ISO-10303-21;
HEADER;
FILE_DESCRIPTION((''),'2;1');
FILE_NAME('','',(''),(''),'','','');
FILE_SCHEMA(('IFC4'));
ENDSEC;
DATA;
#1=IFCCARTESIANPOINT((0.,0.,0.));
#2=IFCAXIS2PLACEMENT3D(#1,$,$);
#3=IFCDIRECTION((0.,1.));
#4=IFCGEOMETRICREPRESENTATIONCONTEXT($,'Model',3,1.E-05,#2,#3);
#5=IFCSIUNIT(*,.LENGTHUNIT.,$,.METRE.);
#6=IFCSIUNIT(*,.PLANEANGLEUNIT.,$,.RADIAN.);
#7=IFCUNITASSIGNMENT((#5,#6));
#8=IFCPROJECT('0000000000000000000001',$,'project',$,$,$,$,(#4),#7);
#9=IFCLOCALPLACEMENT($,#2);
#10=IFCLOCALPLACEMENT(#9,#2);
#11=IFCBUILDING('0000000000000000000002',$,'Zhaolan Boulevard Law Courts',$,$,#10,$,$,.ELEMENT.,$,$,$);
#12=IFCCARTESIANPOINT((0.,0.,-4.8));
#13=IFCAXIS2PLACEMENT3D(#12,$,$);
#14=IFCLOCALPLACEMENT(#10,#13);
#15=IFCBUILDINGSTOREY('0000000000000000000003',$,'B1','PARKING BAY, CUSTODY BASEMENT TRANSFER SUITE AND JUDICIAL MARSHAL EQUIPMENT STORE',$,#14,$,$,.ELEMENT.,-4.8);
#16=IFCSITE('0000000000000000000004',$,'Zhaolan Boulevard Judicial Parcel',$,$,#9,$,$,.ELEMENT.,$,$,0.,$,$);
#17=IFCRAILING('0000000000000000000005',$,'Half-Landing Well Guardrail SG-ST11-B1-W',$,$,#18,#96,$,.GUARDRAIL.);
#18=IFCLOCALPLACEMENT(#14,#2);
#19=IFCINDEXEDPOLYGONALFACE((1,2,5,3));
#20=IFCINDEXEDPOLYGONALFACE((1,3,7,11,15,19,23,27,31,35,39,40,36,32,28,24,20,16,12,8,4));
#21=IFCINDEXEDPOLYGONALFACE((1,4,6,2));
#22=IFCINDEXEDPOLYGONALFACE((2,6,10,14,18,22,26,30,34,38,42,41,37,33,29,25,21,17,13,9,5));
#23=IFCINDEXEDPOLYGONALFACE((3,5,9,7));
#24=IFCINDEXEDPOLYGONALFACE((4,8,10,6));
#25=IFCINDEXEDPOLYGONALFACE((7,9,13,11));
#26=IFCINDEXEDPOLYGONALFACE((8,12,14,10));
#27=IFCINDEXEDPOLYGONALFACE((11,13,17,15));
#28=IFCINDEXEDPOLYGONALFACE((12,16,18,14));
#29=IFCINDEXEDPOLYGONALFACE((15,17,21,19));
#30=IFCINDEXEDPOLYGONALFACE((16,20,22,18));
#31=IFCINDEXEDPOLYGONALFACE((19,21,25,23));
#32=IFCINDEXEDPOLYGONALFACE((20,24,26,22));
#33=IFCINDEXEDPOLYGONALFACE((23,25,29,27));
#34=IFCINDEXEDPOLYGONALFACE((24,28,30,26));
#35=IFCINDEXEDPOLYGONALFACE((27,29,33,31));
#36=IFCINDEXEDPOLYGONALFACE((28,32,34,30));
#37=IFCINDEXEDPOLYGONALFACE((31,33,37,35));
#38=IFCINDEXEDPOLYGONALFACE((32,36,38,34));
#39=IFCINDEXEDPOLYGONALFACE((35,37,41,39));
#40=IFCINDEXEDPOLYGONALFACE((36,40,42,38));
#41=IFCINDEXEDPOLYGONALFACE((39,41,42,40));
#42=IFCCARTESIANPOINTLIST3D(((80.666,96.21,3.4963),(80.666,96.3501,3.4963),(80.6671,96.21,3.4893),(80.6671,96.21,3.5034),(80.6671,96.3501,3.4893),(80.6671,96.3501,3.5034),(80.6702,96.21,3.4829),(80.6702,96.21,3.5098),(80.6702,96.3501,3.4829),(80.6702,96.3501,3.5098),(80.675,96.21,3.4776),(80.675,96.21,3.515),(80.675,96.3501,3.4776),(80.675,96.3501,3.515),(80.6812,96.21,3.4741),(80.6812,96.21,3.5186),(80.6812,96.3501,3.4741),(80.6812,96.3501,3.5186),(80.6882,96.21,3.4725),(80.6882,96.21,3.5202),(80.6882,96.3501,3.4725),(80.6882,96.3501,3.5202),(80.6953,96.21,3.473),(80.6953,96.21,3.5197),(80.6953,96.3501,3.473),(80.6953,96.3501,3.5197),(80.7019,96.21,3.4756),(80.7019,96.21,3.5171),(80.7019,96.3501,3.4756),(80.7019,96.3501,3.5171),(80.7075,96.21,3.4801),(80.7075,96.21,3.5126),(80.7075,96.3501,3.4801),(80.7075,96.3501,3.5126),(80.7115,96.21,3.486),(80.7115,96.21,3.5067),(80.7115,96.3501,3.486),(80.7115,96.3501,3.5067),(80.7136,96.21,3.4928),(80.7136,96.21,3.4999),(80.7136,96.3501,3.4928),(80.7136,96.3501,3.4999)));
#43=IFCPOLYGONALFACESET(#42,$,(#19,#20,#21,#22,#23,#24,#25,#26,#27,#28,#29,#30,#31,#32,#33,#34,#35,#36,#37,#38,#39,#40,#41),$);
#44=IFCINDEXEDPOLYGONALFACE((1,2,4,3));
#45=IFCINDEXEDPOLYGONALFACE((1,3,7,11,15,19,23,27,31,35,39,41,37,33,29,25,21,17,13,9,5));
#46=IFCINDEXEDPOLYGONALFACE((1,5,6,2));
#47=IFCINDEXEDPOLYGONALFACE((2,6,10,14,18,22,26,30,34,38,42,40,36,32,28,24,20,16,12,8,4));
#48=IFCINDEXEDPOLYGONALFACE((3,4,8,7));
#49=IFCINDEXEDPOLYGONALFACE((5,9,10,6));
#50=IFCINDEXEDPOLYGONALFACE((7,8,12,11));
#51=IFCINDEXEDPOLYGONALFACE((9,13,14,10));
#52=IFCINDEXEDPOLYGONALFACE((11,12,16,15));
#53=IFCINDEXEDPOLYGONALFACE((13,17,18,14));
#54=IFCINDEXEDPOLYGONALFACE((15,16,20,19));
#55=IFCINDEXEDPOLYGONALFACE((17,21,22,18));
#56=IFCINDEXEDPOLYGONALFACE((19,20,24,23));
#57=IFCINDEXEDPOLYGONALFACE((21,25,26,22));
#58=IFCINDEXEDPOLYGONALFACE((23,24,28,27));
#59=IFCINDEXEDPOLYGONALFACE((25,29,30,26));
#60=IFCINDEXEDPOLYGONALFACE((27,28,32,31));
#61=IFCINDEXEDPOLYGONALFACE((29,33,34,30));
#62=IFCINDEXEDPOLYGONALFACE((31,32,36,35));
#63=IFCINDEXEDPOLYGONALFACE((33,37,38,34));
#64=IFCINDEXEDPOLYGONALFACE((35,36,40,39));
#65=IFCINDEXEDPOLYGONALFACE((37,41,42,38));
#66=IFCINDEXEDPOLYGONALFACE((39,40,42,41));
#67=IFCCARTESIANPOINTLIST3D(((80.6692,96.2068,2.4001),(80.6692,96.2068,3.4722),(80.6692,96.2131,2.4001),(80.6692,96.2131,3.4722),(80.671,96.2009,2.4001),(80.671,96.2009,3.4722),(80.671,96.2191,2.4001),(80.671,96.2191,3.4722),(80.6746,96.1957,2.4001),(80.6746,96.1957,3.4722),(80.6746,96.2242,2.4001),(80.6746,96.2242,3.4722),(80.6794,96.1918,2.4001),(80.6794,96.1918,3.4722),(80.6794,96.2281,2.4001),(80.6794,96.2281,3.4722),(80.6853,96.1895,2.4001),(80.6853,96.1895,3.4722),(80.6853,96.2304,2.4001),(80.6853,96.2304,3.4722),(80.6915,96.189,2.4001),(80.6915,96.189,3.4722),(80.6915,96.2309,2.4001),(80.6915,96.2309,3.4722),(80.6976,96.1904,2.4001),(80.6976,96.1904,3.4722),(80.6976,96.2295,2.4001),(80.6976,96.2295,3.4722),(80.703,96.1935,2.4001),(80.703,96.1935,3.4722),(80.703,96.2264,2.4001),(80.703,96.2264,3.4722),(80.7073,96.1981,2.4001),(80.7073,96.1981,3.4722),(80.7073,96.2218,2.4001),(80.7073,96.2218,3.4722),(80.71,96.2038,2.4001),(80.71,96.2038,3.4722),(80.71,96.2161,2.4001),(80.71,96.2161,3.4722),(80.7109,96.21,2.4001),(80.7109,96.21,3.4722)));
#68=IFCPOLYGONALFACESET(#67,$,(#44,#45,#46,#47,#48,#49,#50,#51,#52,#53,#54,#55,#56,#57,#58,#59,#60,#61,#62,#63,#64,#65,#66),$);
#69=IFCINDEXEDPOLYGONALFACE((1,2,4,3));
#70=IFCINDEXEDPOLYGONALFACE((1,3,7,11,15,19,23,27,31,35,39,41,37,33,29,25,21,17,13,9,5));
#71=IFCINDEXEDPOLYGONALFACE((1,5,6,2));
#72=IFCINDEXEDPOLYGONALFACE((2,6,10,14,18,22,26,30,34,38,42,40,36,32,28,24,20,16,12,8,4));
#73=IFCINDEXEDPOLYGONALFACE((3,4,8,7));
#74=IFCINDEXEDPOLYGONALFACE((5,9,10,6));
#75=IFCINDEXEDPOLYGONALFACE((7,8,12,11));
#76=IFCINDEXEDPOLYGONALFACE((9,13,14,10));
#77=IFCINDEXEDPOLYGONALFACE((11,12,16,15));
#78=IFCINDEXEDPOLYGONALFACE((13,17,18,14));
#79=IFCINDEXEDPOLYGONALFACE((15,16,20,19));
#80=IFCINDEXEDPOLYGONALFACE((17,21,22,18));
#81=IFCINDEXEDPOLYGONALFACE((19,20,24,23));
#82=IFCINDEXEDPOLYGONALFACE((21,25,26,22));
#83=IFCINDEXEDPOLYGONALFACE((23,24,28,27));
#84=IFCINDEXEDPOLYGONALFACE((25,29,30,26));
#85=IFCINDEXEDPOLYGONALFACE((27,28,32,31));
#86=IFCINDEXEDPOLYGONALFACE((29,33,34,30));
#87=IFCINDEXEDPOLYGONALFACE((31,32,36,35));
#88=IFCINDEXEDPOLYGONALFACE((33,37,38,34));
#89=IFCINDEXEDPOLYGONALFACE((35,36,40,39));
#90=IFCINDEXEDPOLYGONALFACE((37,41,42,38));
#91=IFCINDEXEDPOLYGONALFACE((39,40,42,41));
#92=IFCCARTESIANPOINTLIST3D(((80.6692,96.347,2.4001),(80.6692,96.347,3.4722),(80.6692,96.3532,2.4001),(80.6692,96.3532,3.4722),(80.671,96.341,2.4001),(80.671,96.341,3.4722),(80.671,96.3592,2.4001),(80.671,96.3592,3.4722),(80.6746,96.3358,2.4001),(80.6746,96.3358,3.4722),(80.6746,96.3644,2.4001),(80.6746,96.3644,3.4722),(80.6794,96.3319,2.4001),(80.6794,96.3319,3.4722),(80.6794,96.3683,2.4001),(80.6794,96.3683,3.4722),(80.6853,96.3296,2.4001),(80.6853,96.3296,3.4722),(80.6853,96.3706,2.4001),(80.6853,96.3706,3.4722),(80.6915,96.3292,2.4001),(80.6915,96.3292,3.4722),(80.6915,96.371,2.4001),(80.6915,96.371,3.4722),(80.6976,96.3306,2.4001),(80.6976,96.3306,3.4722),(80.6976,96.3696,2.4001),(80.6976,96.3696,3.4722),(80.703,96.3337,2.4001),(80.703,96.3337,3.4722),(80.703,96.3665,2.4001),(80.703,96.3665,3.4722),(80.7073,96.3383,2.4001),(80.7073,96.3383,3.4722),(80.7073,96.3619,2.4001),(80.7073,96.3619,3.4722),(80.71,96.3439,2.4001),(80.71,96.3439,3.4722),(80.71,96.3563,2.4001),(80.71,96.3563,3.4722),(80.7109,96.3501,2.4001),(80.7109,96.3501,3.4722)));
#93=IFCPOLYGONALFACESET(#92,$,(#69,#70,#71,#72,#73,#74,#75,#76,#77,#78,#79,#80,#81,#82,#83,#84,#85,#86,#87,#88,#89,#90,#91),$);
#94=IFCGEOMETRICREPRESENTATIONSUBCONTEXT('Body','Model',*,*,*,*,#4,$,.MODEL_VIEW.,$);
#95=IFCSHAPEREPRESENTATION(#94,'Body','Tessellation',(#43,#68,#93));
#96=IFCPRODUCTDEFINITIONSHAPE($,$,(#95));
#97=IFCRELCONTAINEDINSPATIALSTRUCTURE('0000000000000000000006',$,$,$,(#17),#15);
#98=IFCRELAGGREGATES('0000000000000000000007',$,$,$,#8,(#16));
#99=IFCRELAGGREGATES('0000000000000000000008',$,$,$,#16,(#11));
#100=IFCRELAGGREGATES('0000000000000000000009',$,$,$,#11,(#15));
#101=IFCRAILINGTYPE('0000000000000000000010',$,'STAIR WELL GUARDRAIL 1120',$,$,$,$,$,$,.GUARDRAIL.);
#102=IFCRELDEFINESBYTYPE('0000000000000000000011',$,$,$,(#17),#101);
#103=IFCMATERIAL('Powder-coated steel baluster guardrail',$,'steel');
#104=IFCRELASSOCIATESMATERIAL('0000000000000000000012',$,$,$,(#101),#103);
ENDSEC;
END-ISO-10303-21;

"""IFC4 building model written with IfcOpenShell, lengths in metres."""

from ifc_helpers import new_model, si_unit, direction, frame, origin, origin_2d, place, context, subcontext, project, spatial, circle, extrude, material, type_object, element, save


model = new_model("IFC4")

# Units and contexts
model_context = context("Model", 3, precision=1e-05, world=origin(), true_north=direction((0.0, 1.0)))
body_context = subcontext(model_context, "Body", "Model", "MODEL_VIEW")
ifc_project = project(units=[si_unit("LENGTHUNIT", "METRE"), si_unit("PLANEANGLEUNIT", "RADIAN")], contexts=[model_context])

# Site, building, storey
site_placement = place(None, origin())
site = spatial("IfcSite", under=ifc_project, at=site_placement, Name="Zhaolan Boulevard Judicial Parcel", CompositionType="ELEMENT", RefElevation=0.0)
building_placement = place(site_placement, origin())
building = spatial("IfcBuilding", under=site, at=building_placement, Name="Zhaolan Boulevard Law Courts", CompositionType="ELEMENT")
storey_placement = place(building_placement, frame((0.0, 0.0, -4.8)))
storey = spatial("IfcBuildingStorey", under=building, at=storey_placement, Name="B1", Description="PARKING BAY, CUSTODY BASEMENT TRANSFER SUITE AND JUDICIAL MARSHAL EQUIPMENT STORE", CompositionType="ELEMENT", Elevation=-4.8)

# Railing
ifc_material_1 = material(Name="Powder-coated steel baluster guardrail", Category="steel")
railing_type_1 = type_object("IfcRailingType", Name="STAIR WELL GUARDRAIL 1120", PredefinedType="GUARDRAIL", material=ifc_material_1)
railing_1_placement = place(storey_placement, frame((80.6899, 96.21, 2.4001)))
element("IfcRailing", 1, at=railing_1_placement, inside=storey, type_object=railing_type_1, Name="Half-Landing Well Guardrail SG-ST11-B1-W", PredefinedType="GUARDRAIL", context=body_context, shape_type="SweptSolid", body=[
    extrude(circle(Radius=0.0239, at=origin_2d()), frame((0.0, 0.0, 1.0962), z_axis=(0.0, 1.0, 0.0), x_axis=(-1.0, 0.0, 0.0)), (0.0, 0.0, 1.0), 0.1401),
    extrude(circle(Radius=0.021, at=origin_2d()), origin(), (0.0, 0.0, 1.0), 1.072),
    extrude(circle(Radius=0.021, at=origin_2d()), frame((0.0, 0.1401, 0.0)), (0.0, 0.0, 1.0), 1.072),
])

save(model, "model.ifc")
